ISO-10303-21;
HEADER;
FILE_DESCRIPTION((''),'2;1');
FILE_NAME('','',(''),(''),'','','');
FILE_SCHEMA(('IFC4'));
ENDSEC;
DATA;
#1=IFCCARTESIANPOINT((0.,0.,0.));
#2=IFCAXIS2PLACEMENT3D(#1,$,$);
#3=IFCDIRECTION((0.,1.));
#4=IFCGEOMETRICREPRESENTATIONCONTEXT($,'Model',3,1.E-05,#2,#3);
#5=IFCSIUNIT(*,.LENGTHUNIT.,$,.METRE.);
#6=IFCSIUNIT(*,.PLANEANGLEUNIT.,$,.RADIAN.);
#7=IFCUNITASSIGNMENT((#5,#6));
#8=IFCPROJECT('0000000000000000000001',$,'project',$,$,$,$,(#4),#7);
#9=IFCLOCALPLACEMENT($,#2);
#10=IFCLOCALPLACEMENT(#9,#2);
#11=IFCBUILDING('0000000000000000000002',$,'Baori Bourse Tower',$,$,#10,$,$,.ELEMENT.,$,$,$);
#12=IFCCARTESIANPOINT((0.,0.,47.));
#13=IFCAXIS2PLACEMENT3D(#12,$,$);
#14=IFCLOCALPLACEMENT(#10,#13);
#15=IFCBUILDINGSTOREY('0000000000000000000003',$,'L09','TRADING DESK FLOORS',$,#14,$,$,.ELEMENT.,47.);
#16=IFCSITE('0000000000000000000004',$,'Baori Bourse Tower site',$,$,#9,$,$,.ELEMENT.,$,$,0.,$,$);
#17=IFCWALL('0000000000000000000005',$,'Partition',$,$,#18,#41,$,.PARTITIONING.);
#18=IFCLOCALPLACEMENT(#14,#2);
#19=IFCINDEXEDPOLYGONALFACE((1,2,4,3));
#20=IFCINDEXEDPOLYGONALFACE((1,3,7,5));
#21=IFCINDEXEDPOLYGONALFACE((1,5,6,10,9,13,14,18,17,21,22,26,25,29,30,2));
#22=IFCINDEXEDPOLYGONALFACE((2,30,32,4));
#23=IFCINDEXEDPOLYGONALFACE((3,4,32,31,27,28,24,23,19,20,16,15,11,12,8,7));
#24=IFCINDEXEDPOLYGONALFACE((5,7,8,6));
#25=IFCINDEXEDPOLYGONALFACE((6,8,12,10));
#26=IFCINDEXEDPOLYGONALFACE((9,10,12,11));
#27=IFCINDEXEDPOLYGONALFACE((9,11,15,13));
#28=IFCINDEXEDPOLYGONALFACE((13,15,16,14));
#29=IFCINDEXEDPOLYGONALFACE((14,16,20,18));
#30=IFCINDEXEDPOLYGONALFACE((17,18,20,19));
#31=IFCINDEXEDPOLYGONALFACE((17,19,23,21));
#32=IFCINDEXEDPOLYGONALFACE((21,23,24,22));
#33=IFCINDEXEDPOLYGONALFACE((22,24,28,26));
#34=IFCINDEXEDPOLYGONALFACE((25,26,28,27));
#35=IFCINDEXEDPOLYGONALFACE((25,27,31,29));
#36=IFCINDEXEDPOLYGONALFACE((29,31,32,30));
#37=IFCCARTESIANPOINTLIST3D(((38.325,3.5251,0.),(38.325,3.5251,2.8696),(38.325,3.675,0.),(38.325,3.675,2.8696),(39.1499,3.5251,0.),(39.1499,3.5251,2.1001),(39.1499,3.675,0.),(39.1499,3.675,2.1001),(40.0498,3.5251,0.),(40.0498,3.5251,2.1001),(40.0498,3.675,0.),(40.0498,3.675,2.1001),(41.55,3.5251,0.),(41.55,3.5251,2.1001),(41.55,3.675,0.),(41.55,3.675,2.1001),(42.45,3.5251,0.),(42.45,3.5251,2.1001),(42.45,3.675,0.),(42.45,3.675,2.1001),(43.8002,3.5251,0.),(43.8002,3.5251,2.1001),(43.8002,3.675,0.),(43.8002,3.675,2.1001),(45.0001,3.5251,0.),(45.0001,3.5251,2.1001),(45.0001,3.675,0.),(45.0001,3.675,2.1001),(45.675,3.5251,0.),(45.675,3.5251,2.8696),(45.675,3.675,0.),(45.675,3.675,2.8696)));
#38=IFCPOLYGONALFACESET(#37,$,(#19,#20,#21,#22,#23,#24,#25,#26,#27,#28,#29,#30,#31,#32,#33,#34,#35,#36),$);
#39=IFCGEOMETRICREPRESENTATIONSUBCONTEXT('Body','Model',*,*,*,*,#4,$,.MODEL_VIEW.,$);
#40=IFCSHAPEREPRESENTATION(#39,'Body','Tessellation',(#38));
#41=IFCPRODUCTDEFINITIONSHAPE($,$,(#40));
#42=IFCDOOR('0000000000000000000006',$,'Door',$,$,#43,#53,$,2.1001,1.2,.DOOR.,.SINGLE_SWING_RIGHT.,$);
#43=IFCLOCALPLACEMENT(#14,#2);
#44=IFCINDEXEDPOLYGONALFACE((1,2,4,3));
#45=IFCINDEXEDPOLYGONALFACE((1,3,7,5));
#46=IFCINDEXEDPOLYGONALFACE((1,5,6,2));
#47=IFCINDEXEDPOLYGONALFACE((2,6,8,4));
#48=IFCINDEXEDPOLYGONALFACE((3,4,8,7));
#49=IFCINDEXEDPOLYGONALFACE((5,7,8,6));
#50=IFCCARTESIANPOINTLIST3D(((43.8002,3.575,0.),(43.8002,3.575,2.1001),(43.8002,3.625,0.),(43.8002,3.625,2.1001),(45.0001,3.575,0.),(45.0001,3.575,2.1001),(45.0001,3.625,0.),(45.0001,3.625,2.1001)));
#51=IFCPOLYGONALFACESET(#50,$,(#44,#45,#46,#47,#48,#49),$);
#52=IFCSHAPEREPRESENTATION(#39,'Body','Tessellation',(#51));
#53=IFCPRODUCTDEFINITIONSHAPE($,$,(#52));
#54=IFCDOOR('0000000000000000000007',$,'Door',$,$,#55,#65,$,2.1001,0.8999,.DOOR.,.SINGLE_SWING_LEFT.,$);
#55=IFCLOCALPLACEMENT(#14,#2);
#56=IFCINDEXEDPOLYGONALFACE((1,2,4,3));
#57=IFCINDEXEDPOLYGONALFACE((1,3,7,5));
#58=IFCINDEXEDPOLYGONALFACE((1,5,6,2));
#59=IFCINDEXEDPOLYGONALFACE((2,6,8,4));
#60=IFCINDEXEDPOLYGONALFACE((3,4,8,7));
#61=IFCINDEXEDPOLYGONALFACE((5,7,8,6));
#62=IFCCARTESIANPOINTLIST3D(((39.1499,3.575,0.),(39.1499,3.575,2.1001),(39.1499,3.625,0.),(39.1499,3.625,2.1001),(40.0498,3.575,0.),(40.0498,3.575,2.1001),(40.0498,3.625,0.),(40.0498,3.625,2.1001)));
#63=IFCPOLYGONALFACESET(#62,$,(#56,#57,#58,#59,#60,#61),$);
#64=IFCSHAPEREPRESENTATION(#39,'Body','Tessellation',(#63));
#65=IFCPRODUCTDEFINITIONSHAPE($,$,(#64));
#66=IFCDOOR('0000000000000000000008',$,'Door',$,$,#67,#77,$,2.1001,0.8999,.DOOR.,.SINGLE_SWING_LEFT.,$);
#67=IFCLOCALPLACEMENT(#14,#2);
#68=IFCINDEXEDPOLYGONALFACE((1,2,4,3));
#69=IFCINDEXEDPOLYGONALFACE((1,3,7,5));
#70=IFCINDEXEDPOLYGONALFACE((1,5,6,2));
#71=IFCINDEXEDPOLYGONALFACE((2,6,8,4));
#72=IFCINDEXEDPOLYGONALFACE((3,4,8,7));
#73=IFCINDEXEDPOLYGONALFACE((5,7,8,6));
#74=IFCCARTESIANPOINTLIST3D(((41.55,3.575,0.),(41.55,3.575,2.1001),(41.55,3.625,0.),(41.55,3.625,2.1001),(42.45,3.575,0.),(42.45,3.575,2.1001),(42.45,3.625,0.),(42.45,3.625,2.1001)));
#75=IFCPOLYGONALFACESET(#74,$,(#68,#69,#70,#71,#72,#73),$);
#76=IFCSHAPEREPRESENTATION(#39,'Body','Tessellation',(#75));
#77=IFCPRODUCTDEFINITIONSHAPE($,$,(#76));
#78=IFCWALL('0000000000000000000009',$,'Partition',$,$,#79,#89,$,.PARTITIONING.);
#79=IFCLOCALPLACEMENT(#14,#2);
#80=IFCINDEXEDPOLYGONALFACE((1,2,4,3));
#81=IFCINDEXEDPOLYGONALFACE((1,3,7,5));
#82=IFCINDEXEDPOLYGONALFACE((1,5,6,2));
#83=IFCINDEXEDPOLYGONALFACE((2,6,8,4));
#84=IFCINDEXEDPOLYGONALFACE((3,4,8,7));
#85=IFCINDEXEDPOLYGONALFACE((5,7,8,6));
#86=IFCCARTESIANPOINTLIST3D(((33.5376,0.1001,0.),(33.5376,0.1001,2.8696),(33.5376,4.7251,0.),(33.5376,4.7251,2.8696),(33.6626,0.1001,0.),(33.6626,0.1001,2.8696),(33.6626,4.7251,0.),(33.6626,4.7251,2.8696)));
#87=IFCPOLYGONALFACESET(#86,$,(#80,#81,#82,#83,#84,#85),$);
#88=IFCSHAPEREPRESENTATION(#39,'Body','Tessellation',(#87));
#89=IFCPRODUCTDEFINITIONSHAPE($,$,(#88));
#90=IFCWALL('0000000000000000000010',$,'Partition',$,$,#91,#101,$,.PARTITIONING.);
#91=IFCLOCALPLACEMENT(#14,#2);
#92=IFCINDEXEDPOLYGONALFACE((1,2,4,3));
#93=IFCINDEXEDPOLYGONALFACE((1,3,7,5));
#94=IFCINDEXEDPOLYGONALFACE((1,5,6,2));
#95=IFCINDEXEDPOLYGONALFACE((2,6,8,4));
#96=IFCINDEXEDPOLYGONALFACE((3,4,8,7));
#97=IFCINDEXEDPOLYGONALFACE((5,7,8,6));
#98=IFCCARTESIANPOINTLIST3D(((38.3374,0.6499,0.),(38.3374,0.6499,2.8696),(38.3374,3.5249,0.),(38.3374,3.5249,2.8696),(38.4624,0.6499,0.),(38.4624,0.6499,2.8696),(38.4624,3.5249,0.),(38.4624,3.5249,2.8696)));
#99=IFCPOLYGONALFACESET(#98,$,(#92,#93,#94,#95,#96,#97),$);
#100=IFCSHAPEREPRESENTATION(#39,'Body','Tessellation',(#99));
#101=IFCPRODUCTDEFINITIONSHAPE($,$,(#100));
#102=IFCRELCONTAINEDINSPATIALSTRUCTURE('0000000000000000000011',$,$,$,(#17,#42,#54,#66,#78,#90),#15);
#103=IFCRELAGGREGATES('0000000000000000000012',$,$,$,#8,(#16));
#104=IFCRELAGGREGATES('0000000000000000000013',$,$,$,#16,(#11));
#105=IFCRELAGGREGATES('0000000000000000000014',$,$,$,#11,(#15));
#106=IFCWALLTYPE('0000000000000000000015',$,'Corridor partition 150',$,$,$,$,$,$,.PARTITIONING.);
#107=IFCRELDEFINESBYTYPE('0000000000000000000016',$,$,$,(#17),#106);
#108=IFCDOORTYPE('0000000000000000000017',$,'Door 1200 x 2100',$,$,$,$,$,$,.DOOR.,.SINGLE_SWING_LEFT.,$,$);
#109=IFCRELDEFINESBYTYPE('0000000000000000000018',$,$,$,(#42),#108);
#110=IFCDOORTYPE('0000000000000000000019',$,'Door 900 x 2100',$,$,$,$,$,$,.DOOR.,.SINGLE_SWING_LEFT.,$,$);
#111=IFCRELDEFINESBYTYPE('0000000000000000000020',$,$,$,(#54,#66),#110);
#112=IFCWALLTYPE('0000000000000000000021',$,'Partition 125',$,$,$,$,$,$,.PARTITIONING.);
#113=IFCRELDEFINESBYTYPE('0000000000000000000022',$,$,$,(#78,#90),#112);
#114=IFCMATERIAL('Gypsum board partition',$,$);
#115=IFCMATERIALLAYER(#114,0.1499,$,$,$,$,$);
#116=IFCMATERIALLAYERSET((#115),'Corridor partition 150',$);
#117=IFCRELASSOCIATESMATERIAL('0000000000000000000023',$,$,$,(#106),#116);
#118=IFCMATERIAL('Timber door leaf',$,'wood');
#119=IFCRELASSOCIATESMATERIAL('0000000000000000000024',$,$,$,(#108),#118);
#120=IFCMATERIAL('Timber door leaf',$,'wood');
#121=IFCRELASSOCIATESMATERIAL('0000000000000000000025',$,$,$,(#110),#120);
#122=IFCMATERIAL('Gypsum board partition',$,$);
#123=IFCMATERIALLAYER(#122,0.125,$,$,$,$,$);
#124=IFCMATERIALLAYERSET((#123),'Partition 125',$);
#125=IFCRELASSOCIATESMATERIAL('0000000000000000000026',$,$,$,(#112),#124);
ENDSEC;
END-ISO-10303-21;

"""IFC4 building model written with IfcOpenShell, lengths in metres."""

from ifc_helpers import new_model, si_unit, direction, frame, frame_2d, origin, place, context, subcontext, project, spatial, rectangle, extrude, material, layer, layer_set, type_object, element, fill, save


model = new_model("IFC4")

# Units and contexts
model_context = context("Model", 3, precision=1e-05, world=origin(), true_north=direction((0.0, 1.0)))
body_context = subcontext(model_context, "Body", "Model", "MODEL_VIEW")
ifc_project = project(units=[si_unit("LENGTHUNIT", "METRE"), si_unit("PLANEANGLEUNIT", "RADIAN")], contexts=[model_context])

# Site, building, storey
site_placement = place(None, origin())
site = spatial("IfcSite", under=ifc_project, at=site_placement, Name="Baori Bourse Tower site", CompositionType="ELEMENT", RefElevation=0.0)
building_placement = place(site_placement, origin())
building = spatial("IfcBuilding", under=site, at=building_placement, Name="Baori Bourse Tower", CompositionType="ELEMENT")
storey_placement = place(building_placement, frame((0.0, 0.0, 47.0)))
storey = spatial("IfcBuildingStorey", under=building, at=storey_placement, Name="L09", Description="TRADING DESK FLOORS", CompositionType="ELEMENT", Elevation=47.0)

# Wall, openings, doors
ifc_material_1 = material(Name="Gypsum board partition")
ifc_layer_1 = layer(ifc_material_1, 0.1499)
ifc_layer_set_1 = layer_set([ifc_layer_1], Name="Corridor partition 150")
wall_type_1 = type_object("IfcWallType", Name="Corridor partition 150", PredefinedType="PARTITIONING", material=ifc_layer_set_1)
wall_1_placement = place(storey_placement, frame((38.325, 3.6001, 0.0), z_axis=(0.0, 0.0, 1.0), x_axis=(1.0, 0.0, 0.0)))
wall_1 = element("IfcWall", 1, at=wall_1_placement, inside=storey, type_object=wall_type_1, Name="Partition", PredefinedType="PARTITIONING", context=body_context, shape_type="SweptSolid", body=[
    extrude(rectangle(XDim=7.3501, YDim=0.1499, at=frame_2d((3.675, 0.0))), origin(), (0.0, 0.0, 1.0), 2.8696),
])
opening_1_placement = place(wall_1_placement, frame((0.825, 0.0, 0.0)))
opening_1 = element("IfcOpeningElement", 2, at=opening_1_placement, cuts=wall_1, PredefinedType="OPENING", context=body_context, shape_type="SweptSolid", body=[
    extrude(rectangle(XDim=0.8999, YDim=2.1001, at=frame_2d((0.45, 1.05))), frame((0.0, 0.085, 0.0), z_axis=(0.0, -1.0, 0.0), x_axis=(1.0, 0.0, 0.0)), (0.0, 0.0, 1.0), 0.1699),
])
opening_2_placement = place(wall_1_placement, frame((3.2251, 0.0, 0.0)))
opening_2 = element("IfcOpeningElement", 3, at=opening_2_placement, cuts=wall_1, PredefinedType="OPENING", context=body_context, shape_type="SweptSolid", body=[
    extrude(rectangle(XDim=0.8999, YDim=2.1001, at=frame_2d((0.45, 1.05))), frame((0.0, 0.085, 0.0), z_axis=(0.0, -1.0, 0.0), x_axis=(1.0, 0.0, 0.0)), (0.0, 0.0, 1.0), 0.1699),
])
opening_3_placement = place(wall_1_placement, frame((5.4751, 0.0, 0.0)))
opening_3 = element("IfcOpeningElement", 4, at=opening_3_placement, cuts=wall_1, PredefinedType="OPENING", context=body_context, shape_type="SweptSolid", body=[
    extrude(rectangle(XDim=1.2, YDim=2.1001, at=frame_2d((0.6001, 1.05))), frame((0.0, 0.085, 0.0), z_axis=(0.0, -1.0, 0.0), x_axis=(1.0, 0.0, 0.0)), (0.0, 0.0, 1.0), 0.1699),
])
ifc_material_2 = material(Name="Timber door leaf", Category="wood")
door_type_1 = type_object("IfcDoorType", Name="Door 1200 x 2100", OperationType="SINGLE_SWING_LEFT", PredefinedType="DOOR", material=ifc_material_2)
door_1_placement = place(opening_3_placement, origin())
door_1 = element("IfcDoor", 5, at=door_1_placement, inside=storey, type_object=door_type_1, Name="Door", OperationType="SINGLE_SWING_RIGHT", OverallHeight=2.1001, OverallWidth=1.2, PredefinedType="DOOR", context=body_context, shape_type="SweptSolid", body=[
    extrude(rectangle(XDim=1.2, YDim=2.1001, at=frame_2d((0.6001, 1.05))), frame((0.0, 0.0249, 0.0), z_axis=(0.0, -1.0, 0.0), x_axis=(1.0, 0.0, 0.0)), (0.0, 0.0, 1.0), 0.05),
])
fill(opening_3, door_1)
ifc_material_3 = material(Name="Timber door leaf", Category="wood")
door_type_2 = type_object("IfcDoorType", Name="Door 900 x 2100", OperationType="SINGLE_SWING_LEFT", PredefinedType="DOOR", material=ifc_material_3)
door_2_placement = place(opening_1_placement, origin())
door_2 = element("IfcDoor", 6, at=door_2_placement, inside=storey, type_object=door_type_2, Name="Door", OperationType="SINGLE_SWING_LEFT", OverallHeight=2.1001, OverallWidth=0.8999, PredefinedType="DOOR", context=body_context, shape_type="SweptSolid", body=[
    extrude(rectangle(XDim=0.8999, YDim=2.1001, at=frame_2d((0.45, 1.05))), frame((0.0, 0.0249, 0.0), z_axis=(0.0, -1.0, 0.0), x_axis=(1.0, 0.0, 0.0)), (0.0, 0.0, 1.0), 0.05),
])
fill(opening_1, door_2)
door_3_placement = place(opening_2_placement, origin())
door_3 = element("IfcDoor", 7, at=door_3_placement, inside=storey, type_object=door_type_2, Name="Door", OperationType="SINGLE_SWING_LEFT", OverallHeight=2.1001, OverallWidth=0.8999, PredefinedType="DOOR", context=body_context, shape_type="SweptSolid", body=[
    extrude(rectangle(XDim=0.8999, YDim=2.1001, at=frame_2d((0.45, 1.05))), frame((0.0, 0.0249, 0.0), z_axis=(0.0, -1.0, 0.0), x_axis=(1.0, 0.0, 0.0)), (0.0, 0.0, 1.0), 0.05),
])
fill(opening_2, door_3)

# Walls
ifc_material_4 = material(Name="Gypsum board partition")
ifc_layer_2 = layer(ifc_material_4, 0.125)
ifc_layer_set_2 = layer_set([ifc_layer_2], Name="Partition 125")
wall_type_2 = type_object("IfcWallType", Name="Partition 125", PredefinedType="PARTITIONING", material=ifc_layer_set_2)
wall_2_placement = place(storey_placement, frame((33.6001, 0.1001, 0.0), z_axis=(0.0, 0.0, 1.0), x_axis=(0.0, 1.0, 0.0)))
element("IfcWall", 8, at=wall_2_placement, inside=storey, type_object=wall_type_2, Name="Partition", PredefinedType="PARTITIONING", context=body_context, shape_type="SweptSolid", body=[
    extrude(rectangle(XDim=4.625, YDim=0.125, at=frame_2d((2.3125, 0.0))), origin(), (0.0, 0.0, 1.0), 2.8696),
])
wall_3_placement = place(storey_placement, frame((38.3999, 0.6499, 0.0), z_axis=(0.0, 0.0, 1.0), x_axis=(0.0, 1.0, 0.0)))
element("IfcWall", 9, at=wall_3_placement, inside=storey, type_object=wall_type_2, Name="Partition", PredefinedType="PARTITIONING", context=body_context, shape_type="SweptSolid", body=[
    extrude(rectangle(XDim=2.875, YDim=0.125, at=frame_2d((1.4375, 0.0))), origin(), (0.0, 0.0, 1.0), 2.8696),
])

save(model, "model.ifc")
